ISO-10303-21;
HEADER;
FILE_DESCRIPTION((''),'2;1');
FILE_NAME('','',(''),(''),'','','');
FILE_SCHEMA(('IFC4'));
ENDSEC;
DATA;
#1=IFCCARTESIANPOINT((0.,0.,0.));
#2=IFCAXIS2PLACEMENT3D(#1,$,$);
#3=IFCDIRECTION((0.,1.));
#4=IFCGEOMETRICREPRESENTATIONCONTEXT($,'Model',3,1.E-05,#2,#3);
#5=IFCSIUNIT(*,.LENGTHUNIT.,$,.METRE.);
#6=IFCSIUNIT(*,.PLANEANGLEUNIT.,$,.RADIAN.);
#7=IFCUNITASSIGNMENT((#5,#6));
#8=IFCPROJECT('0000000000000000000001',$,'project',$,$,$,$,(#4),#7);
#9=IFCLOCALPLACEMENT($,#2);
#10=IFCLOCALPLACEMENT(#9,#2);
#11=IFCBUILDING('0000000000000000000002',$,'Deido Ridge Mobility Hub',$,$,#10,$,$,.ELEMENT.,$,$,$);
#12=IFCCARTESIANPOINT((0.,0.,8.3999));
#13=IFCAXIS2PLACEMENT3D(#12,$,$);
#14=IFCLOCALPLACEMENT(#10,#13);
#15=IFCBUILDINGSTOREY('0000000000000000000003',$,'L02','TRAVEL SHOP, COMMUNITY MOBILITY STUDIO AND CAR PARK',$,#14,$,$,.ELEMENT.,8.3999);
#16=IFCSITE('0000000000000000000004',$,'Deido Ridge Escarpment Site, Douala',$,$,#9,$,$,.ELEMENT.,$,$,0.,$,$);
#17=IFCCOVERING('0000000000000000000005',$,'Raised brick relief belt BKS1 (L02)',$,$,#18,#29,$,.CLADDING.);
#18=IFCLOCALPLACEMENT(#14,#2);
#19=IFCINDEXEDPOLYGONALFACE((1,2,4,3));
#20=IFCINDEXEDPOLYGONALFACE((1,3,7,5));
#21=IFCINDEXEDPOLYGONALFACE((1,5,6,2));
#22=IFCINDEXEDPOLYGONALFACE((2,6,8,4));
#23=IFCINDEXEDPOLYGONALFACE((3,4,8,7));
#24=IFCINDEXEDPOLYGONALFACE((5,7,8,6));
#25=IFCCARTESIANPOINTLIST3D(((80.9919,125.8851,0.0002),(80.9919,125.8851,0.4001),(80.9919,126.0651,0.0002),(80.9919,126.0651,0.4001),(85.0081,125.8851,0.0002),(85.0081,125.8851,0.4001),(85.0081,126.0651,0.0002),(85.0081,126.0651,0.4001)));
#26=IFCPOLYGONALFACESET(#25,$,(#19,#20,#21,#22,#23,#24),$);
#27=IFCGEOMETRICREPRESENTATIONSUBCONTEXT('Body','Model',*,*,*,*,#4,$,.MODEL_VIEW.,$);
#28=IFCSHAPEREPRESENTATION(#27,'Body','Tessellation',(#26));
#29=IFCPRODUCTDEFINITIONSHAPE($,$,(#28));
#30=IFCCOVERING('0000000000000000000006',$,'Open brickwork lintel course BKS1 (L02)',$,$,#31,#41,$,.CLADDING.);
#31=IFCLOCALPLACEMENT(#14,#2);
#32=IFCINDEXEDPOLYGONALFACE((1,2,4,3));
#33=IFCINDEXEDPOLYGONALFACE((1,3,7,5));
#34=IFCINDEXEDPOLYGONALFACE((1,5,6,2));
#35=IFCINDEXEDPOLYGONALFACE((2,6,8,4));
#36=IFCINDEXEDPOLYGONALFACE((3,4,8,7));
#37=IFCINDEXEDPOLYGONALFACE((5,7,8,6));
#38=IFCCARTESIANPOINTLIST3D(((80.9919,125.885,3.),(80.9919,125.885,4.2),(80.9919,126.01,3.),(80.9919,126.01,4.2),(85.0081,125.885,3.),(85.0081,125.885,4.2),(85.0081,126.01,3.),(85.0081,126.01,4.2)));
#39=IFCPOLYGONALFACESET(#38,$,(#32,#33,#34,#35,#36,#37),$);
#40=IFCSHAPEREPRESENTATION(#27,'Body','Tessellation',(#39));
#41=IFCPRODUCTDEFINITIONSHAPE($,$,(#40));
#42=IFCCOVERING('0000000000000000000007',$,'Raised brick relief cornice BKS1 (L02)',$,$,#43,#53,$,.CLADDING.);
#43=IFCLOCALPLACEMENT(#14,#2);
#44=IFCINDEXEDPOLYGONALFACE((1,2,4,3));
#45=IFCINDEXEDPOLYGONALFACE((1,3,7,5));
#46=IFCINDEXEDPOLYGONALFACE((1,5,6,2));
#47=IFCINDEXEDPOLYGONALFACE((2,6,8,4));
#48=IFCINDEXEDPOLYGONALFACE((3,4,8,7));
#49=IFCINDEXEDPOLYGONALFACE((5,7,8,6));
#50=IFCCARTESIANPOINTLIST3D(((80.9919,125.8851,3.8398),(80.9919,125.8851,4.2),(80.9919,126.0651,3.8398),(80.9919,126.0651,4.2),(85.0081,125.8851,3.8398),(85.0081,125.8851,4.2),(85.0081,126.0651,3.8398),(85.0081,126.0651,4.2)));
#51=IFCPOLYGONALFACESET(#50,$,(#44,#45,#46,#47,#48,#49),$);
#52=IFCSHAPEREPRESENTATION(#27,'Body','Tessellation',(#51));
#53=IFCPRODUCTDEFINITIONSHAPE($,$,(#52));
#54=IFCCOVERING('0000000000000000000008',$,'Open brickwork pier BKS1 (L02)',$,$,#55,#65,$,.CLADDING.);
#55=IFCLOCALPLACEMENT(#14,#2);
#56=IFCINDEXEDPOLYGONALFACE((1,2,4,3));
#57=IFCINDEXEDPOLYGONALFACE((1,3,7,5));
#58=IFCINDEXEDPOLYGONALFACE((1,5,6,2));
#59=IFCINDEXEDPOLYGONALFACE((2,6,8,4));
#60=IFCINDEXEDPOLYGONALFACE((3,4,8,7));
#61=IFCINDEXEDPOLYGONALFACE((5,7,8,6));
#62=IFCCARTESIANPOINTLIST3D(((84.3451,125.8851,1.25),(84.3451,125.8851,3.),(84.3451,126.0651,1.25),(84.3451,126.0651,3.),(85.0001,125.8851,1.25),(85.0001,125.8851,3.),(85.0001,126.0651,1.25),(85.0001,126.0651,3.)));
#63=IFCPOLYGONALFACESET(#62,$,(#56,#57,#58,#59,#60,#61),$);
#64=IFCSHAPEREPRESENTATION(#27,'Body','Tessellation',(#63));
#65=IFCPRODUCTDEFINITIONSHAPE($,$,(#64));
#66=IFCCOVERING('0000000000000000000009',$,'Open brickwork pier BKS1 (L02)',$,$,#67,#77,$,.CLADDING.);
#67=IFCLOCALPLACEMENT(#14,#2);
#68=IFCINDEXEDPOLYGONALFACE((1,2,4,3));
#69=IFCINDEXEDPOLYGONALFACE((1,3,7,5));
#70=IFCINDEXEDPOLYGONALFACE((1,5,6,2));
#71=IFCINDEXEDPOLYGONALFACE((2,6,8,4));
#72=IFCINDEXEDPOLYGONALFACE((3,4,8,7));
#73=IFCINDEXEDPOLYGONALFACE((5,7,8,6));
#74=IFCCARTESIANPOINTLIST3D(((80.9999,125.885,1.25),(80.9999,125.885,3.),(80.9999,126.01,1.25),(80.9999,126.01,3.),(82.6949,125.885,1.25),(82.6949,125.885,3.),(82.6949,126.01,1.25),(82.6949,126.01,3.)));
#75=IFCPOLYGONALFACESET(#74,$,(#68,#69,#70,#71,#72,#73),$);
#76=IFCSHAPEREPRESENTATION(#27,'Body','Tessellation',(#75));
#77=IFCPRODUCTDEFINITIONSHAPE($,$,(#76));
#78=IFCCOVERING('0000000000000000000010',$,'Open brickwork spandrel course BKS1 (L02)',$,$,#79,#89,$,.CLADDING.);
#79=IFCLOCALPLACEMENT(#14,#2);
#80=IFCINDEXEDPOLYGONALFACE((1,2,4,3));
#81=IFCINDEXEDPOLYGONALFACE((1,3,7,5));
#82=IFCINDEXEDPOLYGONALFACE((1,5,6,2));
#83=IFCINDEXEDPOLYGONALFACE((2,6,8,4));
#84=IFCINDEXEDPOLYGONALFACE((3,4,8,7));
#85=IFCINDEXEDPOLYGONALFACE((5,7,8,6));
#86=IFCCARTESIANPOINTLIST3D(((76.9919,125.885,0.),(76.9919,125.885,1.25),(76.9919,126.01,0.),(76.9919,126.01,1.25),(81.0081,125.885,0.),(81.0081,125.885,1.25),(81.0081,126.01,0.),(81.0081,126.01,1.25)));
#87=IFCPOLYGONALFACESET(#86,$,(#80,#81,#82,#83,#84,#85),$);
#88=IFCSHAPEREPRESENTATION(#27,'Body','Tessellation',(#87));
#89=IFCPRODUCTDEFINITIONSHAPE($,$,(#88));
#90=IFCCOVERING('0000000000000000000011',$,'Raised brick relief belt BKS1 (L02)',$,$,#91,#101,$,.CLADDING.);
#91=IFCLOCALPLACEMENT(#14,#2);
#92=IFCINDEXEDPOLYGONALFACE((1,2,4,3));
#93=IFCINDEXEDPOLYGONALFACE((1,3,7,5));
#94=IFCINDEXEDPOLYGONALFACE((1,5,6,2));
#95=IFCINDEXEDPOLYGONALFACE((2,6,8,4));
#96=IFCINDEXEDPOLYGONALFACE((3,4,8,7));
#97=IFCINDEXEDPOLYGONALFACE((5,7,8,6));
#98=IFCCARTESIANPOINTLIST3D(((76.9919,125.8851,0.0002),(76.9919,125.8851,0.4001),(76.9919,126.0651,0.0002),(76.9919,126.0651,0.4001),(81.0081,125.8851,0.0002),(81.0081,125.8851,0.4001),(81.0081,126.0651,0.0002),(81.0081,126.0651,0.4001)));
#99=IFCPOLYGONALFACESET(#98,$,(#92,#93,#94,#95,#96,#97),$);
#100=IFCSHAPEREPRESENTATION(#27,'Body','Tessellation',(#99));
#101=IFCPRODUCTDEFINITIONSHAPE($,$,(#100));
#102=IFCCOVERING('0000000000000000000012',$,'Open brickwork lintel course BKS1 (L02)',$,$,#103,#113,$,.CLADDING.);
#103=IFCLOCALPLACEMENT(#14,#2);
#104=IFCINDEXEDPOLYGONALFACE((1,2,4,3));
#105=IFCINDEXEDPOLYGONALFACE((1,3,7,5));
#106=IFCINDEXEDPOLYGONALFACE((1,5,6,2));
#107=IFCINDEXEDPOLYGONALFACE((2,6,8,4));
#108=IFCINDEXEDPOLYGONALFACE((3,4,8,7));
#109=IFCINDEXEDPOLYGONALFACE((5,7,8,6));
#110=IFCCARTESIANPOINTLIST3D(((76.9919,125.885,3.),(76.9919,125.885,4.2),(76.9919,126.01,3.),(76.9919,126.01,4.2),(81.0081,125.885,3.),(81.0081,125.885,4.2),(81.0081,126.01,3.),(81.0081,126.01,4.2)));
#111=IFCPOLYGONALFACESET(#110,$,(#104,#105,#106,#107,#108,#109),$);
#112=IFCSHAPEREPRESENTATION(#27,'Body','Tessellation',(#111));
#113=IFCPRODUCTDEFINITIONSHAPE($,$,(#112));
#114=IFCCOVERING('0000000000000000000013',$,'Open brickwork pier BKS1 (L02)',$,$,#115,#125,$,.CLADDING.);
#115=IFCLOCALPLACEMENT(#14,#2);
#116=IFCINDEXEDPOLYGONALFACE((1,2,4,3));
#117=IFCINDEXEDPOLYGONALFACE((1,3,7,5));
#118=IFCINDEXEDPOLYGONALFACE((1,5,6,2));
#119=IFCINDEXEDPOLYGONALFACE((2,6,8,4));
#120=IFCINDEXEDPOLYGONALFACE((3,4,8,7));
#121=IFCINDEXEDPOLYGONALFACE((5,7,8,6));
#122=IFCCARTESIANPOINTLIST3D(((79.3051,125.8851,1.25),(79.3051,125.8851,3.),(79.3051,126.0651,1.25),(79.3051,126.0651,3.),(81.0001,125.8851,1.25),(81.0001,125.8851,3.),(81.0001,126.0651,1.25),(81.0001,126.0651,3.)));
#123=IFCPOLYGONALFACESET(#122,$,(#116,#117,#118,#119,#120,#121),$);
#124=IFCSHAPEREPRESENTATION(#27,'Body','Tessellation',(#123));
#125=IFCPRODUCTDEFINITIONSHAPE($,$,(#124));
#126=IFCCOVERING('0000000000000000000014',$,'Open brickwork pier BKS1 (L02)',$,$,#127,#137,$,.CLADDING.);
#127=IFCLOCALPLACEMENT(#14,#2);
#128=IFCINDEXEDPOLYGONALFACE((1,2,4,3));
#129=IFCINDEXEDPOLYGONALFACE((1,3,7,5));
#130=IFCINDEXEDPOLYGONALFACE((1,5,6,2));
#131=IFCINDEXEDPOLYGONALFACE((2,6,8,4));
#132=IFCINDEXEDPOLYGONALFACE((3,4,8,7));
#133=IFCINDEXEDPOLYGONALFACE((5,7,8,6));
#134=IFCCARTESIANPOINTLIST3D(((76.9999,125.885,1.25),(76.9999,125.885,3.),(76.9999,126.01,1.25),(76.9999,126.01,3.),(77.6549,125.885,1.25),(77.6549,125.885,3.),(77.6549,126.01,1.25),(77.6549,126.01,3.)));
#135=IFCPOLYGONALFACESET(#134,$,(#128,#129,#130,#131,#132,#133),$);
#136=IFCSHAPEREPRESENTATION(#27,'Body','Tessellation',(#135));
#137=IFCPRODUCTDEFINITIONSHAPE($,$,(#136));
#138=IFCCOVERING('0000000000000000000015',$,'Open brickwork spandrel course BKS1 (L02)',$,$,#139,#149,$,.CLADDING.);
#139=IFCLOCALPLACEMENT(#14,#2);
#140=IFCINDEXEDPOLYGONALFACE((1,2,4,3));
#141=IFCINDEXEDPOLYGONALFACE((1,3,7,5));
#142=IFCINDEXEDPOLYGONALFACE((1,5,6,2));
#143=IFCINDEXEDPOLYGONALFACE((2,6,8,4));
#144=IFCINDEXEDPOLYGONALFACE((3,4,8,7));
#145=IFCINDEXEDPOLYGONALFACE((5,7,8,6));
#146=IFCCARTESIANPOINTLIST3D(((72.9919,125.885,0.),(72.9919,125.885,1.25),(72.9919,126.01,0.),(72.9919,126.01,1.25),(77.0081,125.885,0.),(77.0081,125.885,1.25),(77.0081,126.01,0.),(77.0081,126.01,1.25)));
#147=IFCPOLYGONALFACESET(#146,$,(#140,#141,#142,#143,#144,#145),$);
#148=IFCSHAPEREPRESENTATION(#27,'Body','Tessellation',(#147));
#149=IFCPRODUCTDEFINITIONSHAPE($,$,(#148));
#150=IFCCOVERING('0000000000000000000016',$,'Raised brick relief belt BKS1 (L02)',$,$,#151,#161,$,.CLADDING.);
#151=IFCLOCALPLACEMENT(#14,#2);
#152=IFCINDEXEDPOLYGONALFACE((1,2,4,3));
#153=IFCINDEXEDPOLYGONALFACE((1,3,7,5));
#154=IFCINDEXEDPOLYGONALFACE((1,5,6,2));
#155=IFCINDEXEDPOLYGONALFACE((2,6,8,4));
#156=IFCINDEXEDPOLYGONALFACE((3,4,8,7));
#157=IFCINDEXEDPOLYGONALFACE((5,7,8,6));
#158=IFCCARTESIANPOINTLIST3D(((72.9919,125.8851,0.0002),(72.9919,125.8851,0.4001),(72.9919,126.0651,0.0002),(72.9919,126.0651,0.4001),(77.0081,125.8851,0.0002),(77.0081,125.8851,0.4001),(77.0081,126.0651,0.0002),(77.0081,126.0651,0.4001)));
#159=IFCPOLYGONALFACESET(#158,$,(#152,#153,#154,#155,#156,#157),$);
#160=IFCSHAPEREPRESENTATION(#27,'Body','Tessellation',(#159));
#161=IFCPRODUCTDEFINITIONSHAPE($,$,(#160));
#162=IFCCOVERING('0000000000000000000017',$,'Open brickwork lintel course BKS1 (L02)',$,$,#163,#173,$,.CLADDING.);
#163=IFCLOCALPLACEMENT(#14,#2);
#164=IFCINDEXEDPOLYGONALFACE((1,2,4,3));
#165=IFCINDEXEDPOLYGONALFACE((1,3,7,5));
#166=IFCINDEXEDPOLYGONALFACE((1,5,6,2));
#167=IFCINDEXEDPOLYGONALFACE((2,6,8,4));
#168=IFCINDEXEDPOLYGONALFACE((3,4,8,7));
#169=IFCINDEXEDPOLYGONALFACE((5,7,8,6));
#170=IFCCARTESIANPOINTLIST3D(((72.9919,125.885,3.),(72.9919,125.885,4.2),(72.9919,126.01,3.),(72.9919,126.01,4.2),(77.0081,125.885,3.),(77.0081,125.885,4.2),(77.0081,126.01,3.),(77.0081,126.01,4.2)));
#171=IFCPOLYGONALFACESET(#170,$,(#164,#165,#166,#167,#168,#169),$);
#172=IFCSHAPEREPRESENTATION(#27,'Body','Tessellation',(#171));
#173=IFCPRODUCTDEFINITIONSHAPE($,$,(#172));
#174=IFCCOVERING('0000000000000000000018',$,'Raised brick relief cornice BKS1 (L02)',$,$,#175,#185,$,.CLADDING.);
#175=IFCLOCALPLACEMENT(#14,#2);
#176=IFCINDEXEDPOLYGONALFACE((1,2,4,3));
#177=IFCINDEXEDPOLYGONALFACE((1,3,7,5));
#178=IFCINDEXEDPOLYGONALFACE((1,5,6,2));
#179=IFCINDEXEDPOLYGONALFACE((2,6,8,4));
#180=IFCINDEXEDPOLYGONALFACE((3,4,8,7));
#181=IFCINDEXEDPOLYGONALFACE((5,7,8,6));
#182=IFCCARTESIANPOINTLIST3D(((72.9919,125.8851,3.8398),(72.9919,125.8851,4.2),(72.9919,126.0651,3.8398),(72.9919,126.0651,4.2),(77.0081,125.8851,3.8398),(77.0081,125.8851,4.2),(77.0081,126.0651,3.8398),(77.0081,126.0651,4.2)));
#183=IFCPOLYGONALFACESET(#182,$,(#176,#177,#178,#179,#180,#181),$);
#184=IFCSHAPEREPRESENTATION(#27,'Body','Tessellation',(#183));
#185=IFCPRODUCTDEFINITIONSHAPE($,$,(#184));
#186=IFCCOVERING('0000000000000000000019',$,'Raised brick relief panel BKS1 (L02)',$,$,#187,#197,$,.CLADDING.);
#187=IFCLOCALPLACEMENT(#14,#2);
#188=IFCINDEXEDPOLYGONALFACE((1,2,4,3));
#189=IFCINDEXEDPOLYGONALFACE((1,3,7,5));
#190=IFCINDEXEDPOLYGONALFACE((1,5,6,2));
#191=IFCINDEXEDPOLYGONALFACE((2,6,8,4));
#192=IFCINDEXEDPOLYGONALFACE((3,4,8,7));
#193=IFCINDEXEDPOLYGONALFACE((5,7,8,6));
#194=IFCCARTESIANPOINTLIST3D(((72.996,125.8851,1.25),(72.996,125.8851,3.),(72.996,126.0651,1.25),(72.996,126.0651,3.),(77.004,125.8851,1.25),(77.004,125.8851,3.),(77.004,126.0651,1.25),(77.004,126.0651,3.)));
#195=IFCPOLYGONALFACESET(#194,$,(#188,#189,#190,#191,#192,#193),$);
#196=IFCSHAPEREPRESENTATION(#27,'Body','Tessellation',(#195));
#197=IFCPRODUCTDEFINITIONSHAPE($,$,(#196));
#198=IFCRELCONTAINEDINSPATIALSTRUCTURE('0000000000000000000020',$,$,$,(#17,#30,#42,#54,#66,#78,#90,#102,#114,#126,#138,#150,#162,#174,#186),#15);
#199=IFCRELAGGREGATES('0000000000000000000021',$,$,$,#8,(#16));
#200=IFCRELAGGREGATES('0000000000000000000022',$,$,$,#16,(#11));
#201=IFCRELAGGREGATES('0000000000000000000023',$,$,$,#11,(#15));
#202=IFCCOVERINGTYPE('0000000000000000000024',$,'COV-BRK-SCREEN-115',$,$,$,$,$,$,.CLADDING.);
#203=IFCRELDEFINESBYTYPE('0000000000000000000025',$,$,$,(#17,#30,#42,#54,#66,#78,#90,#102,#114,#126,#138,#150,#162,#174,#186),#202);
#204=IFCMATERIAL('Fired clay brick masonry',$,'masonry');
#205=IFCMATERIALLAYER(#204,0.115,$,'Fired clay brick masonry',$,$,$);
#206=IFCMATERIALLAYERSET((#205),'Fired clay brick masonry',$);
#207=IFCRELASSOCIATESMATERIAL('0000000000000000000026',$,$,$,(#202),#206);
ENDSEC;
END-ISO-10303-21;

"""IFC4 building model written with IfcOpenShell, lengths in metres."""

from ifc_helpers import new_model, si_unit, direction, frame, origin, origin_2d, place, context, subcontext, project, spatial, rectangle, extrude, material, layer, layer_set, type_object, element, save


model = new_model("IFC4")

# Units and contexts
model_context = context("Model", 3, precision=1e-05, world=origin(), true_north=direction((0.0, 1.0)))
body_context = subcontext(model_context, "Body", "Model", "MODEL_VIEW")
ifc_project = project(units=[si_unit("LENGTHUNIT", "METRE"), si_unit("PLANEANGLEUNIT", "RADIAN")], contexts=[model_context])

# Site, building, storey
site_placement = place(None, origin())
site = spatial("IfcSite", under=ifc_project, at=site_placement, Name="Deido Ridge Escarpment Site, Douala", CompositionType="ELEMENT", RefElevation=0.0)
building_placement = place(site_placement, origin())
building = spatial("IfcBuilding", under=site, at=building_placement, Name="Deido Ridge Mobility Hub", CompositionType="ELEMENT")
storey_placement = place(building_placement, frame((0.0, 0.0, 8.3999)))
storey = spatial("IfcBuildingStorey", under=building, at=storey_placement, Name="L02", Description="TRAVEL SHOP, COMMUNITY MOBILITY STUDIO AND CAR PARK", CompositionType="ELEMENT", Elevation=8.3999)

# Coverings
ifc_material_1 = material(Name="Fired clay brick masonry", Category="masonry")
ifc_layer = layer(ifc_material_1, 0.115, Name="Fired clay brick masonry")
ifc_layer_set = layer_set([ifc_layer], Name="Fired clay brick masonry")
covering_type = type_object("IfcCoveringType", Name="COV-BRK-SCREEN-115", PredefinedType="CLADDING", material=ifc_layer_set)
covering_1_placement = place(storey_placement, frame((83.0, 125.9751, 0.0002), z_axis=(0.0, 0.0, 1.0), x_axis=(-1.0, 0.0, 0.0)))
element("IfcCovering", 1, at=covering_1_placement, inside=storey, type_object=covering_type, Name="Raised brick relief belt BKS1 (L02)", PredefinedType="CLADDING", context=body_context, shape_type="SweptSolid", body=[
    extrude(rectangle(XDim=4.0161, YDim=0.1799, at=origin_2d()), origin(), (0.0, 0.0, 1.0), 0.3999),
])
covering_2_placement = place(storey_placement, frame((83.0, 125.9475, 3.0), z_axis=(0.0, 0.0, 1.0), x_axis=(-1.0, 0.0, 0.0)))
element("IfcCovering", 2, at=covering_2_placement, inside=storey, type_object=covering_type, Name="Open brickwork lintel course BKS1 (L02)", PredefinedType="CLADDING", context=body_context, shape_type="SweptSolid", body=[
    extrude(rectangle(XDim=4.0161, YDim=0.125, at=origin_2d()), origin(), (0.0, 0.0, 1.0), 1.2),
])
covering_3_placement = place(storey_placement, frame((83.0, 125.9751, 3.8398), z_axis=(0.0, 0.0, 1.0), x_axis=(-1.0, 0.0, 0.0)))
element("IfcCovering", 3, at=covering_3_placement, inside=storey, type_object=covering_type, Name="Raised brick relief cornice BKS1 (L02)", PredefinedType="CLADDING", context=body_context, shape_type="SweptSolid", body=[
    extrude(rectangle(XDim=4.0161, YDim=0.1799, at=origin_2d()), origin(), (0.0, 0.0, 1.0), 0.3601),
])
covering_4_placement = place(storey_placement, frame((84.6726, 125.9751, 1.25), z_axis=(0.0, 0.0, 1.0), x_axis=(-1.0, 0.0, 0.0)))
element("IfcCovering", 4, at=covering_4_placement, inside=storey, type_object=covering_type, Name="Open brickwork pier BKS1 (L02)", PredefinedType="CLADDING", context=body_context, shape_type="SweptSolid", body=[
    extrude(rectangle(XDim=0.655, YDim=0.1799, at=origin_2d()), origin(), (0.0, 0.0, 1.0), 1.75),
])
covering_5_placement = place(storey_placement, frame((81.8474, 125.9475, 1.25), z_axis=(0.0, 0.0, 1.0), x_axis=(-1.0, 0.0, 0.0)))
element("IfcCovering", 5, at=covering_5_placement, inside=storey, type_object=covering_type, Name="Open brickwork pier BKS1 (L02)", PredefinedType="CLADDING", context=body_context, shape_type="SweptSolid", body=[
    extrude(rectangle(XDim=1.6951, YDim=0.125, at=origin_2d()), origin(), (0.0, 0.0, 1.0), 1.75),
])
covering_6_placement = place(storey_placement, frame((79.0, 125.9475, 0.0), z_axis=(0.0, 0.0, 1.0), x_axis=(-1.0, 0.0, 0.0)))
element("IfcCovering", 6, at=covering_6_placement, inside=storey, type_object=covering_type, Name="Open brickwork spandrel course BKS1 (L02)", PredefinedType="CLADDING", context=body_context, shape_type="SweptSolid", body=[
    extrude(rectangle(XDim=4.0161, YDim=0.125, at=origin_2d()), origin(), (0.0, 0.0, 1.0), 1.25),
])
covering_7_placement = place(storey_placement, frame((79.0, 125.9751, 0.0002), z_axis=(0.0, 0.0, 1.0), x_axis=(-1.0, 0.0, 0.0)))
element("IfcCovering", 7, at=covering_7_placement, inside=storey, type_object=covering_type, Name="Raised brick relief belt BKS1 (L02)", PredefinedType="CLADDING", context=body_context, shape_type="SweptSolid", body=[
    extrude(rectangle(XDim=4.0161, YDim=0.1799, at=origin_2d()), origin(), (0.0, 0.0, 1.0), 0.3999),
])
covering_8_placement = place(storey_placement, frame((79.0, 125.9475, 3.0), z_axis=(0.0, 0.0, 1.0), x_axis=(-1.0, 0.0, 0.0)))
element("IfcCovering", 8, at=covering_8_placement, inside=storey, type_object=covering_type, Name="Open brickwork lintel course BKS1 (L02)", PredefinedType="CLADDING", context=body_context, shape_type="SweptSolid", body=[
    extrude(rectangle(XDim=4.0161, YDim=0.125, at=origin_2d()), origin(), (0.0, 0.0, 1.0), 1.2),
])
covering_9_placement = place(storey_placement, frame((80.1526, 125.9751, 1.25), z_axis=(0.0, 0.0, 1.0), x_axis=(-1.0, 0.0, 0.0)))
element("IfcCovering", 9, at=covering_9_placement, inside=storey, type_object=covering_type, Name="Open brickwork pier BKS1 (L02)", PredefinedType="CLADDING", context=body_context, shape_type="SweptSolid", body=[
    extrude(rectangle(XDim=1.6951, YDim=0.1799, at=origin_2d()), origin(), (0.0, 0.0, 1.0), 1.75),
])
covering_10_placement = place(storey_placement, frame((77.3274, 125.9475, 1.25), z_axis=(0.0, 0.0, 1.0), x_axis=(-1.0, 0.0, 0.0)))
element("IfcCovering", 10, at=covering_10_placement, inside=storey, type_object=covering_type, Name="Open brickwork pier BKS1 (L02)", PredefinedType="CLADDING", context=body_context, shape_type="SweptSolid", body=[
    extrude(rectangle(XDim=0.655, YDim=0.125, at=origin_2d()), origin(), (0.0, 0.0, 1.0), 1.75),
])
covering_11_placement = place(storey_placement, frame((75.0, 125.9475, 0.0), z_axis=(0.0, 0.0, 1.0), x_axis=(-1.0, 0.0, 0.0)))
element("IfcCovering", 11, at=covering_11_placement, inside=storey, type_object=covering_type, Name="Open brickwork spandrel course BKS1 (L02)", PredefinedType="CLADDING", context=body_context, shape_type="SweptSolid", body=[
    extrude(rectangle(XDim=4.0161, YDim=0.125, at=origin_2d()), origin(), (0.0, 0.0, 1.0), 1.25),
])
covering_12_placement = place(storey_placement, frame((75.0, 125.9751, 0.0002), z_axis=(0.0, 0.0, 1.0), x_axis=(-1.0, 0.0, 0.0)))
element("IfcCovering", 12, at=covering_12_placement, inside=storey, type_object=covering_type, Name="Raised brick relief belt BKS1 (L02)", PredefinedType="CLADDING", context=body_context, shape_type="SweptSolid", body=[
    extrude(rectangle(XDim=4.0161, YDim=0.1799, at=origin_2d()), origin(), (0.0, 0.0, 1.0), 0.3999),
])
covering_13_placement = place(storey_placement, frame((75.0, 125.9475, 3.0), z_axis=(0.0, 0.0, 1.0), x_axis=(-1.0, 0.0, 0.0)))
element("IfcCovering", 13, at=covering_13_placement, inside=storey, type_object=covering_type, Name="Open brickwork lintel course BKS1 (L02)", PredefinedType="CLADDING", context=body_context, shape_type="SweptSolid", body=[
    extrude(rectangle(XDim=4.0161, YDim=0.125, at=origin_2d()), origin(), (0.0, 0.0, 1.0), 1.2),
])
covering_14_placement = place(storey_placement, frame((75.0, 125.9751, 3.8398), z_axis=(0.0, 0.0, 1.0), x_axis=(-1.0, 0.0, 0.0)))
element("IfcCovering", 14, at=covering_14_placement, inside=storey, type_object=covering_type, Name="Raised brick relief cornice BKS1 (L02)", PredefinedType="CLADDING", context=body_context, shape_type="SweptSolid", body=[
    extrude(rectangle(XDim=4.0161, YDim=0.1799, at=origin_2d()), origin(), (0.0, 0.0, 1.0), 0.3601),
])
covering_15_placement = place(storey_placement, frame((75.0, 125.9751, 1.25), z_axis=(0.0, 0.0, 1.0), x_axis=(-1.0, 0.0, 0.0)))
element("IfcCovering", 15, at=covering_15_placement, inside=storey, type_object=covering_type, Name="Raised brick relief panel BKS1 (L02)", PredefinedType="CLADDING", context=body_context, shape_type="SweptSolid", body=[
    extrude(rectangle(XDim=4.0081, YDim=0.1799, at=origin_2d()), origin(), (0.0, 0.0, 1.0), 1.75),
])

save(model, "model.ifc")
